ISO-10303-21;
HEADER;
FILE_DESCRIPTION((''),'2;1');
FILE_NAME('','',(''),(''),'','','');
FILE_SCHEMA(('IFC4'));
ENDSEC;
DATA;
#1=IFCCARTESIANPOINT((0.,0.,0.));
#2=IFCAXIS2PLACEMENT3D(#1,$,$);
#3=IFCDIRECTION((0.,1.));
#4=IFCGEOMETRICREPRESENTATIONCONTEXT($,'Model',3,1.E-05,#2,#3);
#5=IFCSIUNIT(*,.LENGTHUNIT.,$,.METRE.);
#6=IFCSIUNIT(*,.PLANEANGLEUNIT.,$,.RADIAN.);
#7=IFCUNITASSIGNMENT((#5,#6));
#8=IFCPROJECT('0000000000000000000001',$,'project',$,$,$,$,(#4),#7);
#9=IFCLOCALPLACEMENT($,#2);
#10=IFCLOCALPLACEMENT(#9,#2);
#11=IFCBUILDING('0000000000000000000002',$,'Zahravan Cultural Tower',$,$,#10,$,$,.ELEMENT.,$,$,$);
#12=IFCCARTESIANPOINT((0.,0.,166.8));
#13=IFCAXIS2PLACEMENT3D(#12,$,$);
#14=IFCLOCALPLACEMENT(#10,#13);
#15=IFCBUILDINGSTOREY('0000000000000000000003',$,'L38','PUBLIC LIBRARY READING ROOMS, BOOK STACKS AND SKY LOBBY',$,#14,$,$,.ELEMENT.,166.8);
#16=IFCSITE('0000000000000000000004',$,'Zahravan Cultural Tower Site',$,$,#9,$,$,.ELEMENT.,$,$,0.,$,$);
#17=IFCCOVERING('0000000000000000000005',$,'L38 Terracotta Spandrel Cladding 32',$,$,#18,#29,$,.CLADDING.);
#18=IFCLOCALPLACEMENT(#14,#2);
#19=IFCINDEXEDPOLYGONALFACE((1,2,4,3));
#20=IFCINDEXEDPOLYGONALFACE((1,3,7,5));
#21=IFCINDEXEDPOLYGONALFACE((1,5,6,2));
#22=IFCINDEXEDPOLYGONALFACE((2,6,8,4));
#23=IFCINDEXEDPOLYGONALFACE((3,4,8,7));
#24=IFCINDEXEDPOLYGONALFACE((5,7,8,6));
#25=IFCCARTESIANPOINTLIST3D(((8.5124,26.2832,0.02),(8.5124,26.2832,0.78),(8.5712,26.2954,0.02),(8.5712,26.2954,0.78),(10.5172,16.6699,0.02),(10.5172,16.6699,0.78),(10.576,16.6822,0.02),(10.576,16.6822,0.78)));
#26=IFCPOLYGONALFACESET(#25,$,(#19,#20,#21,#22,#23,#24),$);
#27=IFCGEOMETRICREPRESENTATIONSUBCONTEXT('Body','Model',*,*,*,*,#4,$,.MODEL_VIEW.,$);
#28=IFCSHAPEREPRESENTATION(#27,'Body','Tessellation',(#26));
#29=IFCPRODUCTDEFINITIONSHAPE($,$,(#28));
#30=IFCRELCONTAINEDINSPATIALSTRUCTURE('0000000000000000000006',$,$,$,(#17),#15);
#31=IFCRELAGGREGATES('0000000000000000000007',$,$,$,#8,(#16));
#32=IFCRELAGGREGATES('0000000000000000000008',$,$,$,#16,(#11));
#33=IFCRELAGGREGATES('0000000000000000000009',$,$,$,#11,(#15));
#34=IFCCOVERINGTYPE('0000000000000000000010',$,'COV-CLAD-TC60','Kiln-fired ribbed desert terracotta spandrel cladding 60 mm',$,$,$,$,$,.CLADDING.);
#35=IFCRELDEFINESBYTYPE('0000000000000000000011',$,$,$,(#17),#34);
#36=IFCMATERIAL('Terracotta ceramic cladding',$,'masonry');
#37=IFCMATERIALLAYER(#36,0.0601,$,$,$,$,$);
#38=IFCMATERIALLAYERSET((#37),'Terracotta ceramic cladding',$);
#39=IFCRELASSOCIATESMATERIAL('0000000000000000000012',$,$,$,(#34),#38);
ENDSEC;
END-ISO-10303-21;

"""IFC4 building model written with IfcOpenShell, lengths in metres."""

from ifc_helpers import new_model, si_unit, direction, frame, origin, origin_2d, place, context, subcontext, project, spatial, rectangle, extrude, source, transform, mapped, material, layer, layer_set, type_object, element, save


model = new_model("IFC4")

# Units and contexts
model_context = context("Model", 3, precision=1e-05, world=origin(), true_north=direction((0.0, 1.0)))
body_context = subcontext(model_context, "Body", "Model", "MODEL_VIEW")
ifc_project = project(units=[si_unit("LENGTHUNIT", "METRE"), si_unit("PLANEANGLEUNIT", "RADIAN")], contexts=[model_context])

# Site, building, storey
site_placement = place(None, origin())
site = spatial("IfcSite", under=ifc_project, at=site_placement, Name="Zahravan Cultural Tower Site", CompositionType="ELEMENT", RefElevation=0.0)
building_placement = place(site_placement, origin())
building = spatial("IfcBuilding", under=site, at=building_placement, Name="Zahravan Cultural Tower", CompositionType="ELEMENT")
storey_placement = place(building_placement, frame((0.0, 0.0, 166.8)))
storey = spatial("IfcBuildingStorey", under=building, at=storey_placement, Name="L38", Description="PUBLIC LIBRARY READING ROOMS, BOOK STACKS AND SKY LOBBY", CompositionType="ELEMENT", Elevation=166.8)

# Covering
ifc_material_1 = material(Name="Terracotta ceramic cladding", Category="masonry")
ifc_layer_1 = layer(ifc_material_1, 0.0601)
ifc_layer_set_1 = layer_set([ifc_layer_1], Name="Terracotta ceramic cladding")
covering_type = type_object("IfcCoveringType", Name="COV-CLAD-TC60", Description="Kiln-fired ribbed desert terracotta spandrel cladding 60 mm", PredefinedType="CLADDING", material=ifc_layer_set_1)
shared_shape_1 = source(origin(), body_context, "Body", "SweptSolid", [
    extrude(rectangle(XDim=9.8201, YDim=0.0601, at=origin_2d()), origin(), (0.0, 0.0, 1.0), 0.76),
])
covering_placement = place(storey_placement, frame((9.5442, 21.4827, 0.02), z_axis=(0.0, 0.0, 1.0), x_axis=(-0.204154, 0.978939, 0.0)))
element("IfcCovering", 1, at=covering_placement, inside=storey, type_object=covering_type, Name="L38 Terracotta Spandrel Cladding 32", PredefinedType="CLADDING", context=body_context, shape_type="MappedRepresentation", body=[
    mapped(shared_shape_1, transform((0.0, 0.0, 0.0), x_axis=(1.0, 0.0, 0.0), y_axis=(0.0, 1.0, 0.0), z_axis=(0.0, 0.0, 1.0), scale=1.0)),
])

save(model, "model.ifc")
